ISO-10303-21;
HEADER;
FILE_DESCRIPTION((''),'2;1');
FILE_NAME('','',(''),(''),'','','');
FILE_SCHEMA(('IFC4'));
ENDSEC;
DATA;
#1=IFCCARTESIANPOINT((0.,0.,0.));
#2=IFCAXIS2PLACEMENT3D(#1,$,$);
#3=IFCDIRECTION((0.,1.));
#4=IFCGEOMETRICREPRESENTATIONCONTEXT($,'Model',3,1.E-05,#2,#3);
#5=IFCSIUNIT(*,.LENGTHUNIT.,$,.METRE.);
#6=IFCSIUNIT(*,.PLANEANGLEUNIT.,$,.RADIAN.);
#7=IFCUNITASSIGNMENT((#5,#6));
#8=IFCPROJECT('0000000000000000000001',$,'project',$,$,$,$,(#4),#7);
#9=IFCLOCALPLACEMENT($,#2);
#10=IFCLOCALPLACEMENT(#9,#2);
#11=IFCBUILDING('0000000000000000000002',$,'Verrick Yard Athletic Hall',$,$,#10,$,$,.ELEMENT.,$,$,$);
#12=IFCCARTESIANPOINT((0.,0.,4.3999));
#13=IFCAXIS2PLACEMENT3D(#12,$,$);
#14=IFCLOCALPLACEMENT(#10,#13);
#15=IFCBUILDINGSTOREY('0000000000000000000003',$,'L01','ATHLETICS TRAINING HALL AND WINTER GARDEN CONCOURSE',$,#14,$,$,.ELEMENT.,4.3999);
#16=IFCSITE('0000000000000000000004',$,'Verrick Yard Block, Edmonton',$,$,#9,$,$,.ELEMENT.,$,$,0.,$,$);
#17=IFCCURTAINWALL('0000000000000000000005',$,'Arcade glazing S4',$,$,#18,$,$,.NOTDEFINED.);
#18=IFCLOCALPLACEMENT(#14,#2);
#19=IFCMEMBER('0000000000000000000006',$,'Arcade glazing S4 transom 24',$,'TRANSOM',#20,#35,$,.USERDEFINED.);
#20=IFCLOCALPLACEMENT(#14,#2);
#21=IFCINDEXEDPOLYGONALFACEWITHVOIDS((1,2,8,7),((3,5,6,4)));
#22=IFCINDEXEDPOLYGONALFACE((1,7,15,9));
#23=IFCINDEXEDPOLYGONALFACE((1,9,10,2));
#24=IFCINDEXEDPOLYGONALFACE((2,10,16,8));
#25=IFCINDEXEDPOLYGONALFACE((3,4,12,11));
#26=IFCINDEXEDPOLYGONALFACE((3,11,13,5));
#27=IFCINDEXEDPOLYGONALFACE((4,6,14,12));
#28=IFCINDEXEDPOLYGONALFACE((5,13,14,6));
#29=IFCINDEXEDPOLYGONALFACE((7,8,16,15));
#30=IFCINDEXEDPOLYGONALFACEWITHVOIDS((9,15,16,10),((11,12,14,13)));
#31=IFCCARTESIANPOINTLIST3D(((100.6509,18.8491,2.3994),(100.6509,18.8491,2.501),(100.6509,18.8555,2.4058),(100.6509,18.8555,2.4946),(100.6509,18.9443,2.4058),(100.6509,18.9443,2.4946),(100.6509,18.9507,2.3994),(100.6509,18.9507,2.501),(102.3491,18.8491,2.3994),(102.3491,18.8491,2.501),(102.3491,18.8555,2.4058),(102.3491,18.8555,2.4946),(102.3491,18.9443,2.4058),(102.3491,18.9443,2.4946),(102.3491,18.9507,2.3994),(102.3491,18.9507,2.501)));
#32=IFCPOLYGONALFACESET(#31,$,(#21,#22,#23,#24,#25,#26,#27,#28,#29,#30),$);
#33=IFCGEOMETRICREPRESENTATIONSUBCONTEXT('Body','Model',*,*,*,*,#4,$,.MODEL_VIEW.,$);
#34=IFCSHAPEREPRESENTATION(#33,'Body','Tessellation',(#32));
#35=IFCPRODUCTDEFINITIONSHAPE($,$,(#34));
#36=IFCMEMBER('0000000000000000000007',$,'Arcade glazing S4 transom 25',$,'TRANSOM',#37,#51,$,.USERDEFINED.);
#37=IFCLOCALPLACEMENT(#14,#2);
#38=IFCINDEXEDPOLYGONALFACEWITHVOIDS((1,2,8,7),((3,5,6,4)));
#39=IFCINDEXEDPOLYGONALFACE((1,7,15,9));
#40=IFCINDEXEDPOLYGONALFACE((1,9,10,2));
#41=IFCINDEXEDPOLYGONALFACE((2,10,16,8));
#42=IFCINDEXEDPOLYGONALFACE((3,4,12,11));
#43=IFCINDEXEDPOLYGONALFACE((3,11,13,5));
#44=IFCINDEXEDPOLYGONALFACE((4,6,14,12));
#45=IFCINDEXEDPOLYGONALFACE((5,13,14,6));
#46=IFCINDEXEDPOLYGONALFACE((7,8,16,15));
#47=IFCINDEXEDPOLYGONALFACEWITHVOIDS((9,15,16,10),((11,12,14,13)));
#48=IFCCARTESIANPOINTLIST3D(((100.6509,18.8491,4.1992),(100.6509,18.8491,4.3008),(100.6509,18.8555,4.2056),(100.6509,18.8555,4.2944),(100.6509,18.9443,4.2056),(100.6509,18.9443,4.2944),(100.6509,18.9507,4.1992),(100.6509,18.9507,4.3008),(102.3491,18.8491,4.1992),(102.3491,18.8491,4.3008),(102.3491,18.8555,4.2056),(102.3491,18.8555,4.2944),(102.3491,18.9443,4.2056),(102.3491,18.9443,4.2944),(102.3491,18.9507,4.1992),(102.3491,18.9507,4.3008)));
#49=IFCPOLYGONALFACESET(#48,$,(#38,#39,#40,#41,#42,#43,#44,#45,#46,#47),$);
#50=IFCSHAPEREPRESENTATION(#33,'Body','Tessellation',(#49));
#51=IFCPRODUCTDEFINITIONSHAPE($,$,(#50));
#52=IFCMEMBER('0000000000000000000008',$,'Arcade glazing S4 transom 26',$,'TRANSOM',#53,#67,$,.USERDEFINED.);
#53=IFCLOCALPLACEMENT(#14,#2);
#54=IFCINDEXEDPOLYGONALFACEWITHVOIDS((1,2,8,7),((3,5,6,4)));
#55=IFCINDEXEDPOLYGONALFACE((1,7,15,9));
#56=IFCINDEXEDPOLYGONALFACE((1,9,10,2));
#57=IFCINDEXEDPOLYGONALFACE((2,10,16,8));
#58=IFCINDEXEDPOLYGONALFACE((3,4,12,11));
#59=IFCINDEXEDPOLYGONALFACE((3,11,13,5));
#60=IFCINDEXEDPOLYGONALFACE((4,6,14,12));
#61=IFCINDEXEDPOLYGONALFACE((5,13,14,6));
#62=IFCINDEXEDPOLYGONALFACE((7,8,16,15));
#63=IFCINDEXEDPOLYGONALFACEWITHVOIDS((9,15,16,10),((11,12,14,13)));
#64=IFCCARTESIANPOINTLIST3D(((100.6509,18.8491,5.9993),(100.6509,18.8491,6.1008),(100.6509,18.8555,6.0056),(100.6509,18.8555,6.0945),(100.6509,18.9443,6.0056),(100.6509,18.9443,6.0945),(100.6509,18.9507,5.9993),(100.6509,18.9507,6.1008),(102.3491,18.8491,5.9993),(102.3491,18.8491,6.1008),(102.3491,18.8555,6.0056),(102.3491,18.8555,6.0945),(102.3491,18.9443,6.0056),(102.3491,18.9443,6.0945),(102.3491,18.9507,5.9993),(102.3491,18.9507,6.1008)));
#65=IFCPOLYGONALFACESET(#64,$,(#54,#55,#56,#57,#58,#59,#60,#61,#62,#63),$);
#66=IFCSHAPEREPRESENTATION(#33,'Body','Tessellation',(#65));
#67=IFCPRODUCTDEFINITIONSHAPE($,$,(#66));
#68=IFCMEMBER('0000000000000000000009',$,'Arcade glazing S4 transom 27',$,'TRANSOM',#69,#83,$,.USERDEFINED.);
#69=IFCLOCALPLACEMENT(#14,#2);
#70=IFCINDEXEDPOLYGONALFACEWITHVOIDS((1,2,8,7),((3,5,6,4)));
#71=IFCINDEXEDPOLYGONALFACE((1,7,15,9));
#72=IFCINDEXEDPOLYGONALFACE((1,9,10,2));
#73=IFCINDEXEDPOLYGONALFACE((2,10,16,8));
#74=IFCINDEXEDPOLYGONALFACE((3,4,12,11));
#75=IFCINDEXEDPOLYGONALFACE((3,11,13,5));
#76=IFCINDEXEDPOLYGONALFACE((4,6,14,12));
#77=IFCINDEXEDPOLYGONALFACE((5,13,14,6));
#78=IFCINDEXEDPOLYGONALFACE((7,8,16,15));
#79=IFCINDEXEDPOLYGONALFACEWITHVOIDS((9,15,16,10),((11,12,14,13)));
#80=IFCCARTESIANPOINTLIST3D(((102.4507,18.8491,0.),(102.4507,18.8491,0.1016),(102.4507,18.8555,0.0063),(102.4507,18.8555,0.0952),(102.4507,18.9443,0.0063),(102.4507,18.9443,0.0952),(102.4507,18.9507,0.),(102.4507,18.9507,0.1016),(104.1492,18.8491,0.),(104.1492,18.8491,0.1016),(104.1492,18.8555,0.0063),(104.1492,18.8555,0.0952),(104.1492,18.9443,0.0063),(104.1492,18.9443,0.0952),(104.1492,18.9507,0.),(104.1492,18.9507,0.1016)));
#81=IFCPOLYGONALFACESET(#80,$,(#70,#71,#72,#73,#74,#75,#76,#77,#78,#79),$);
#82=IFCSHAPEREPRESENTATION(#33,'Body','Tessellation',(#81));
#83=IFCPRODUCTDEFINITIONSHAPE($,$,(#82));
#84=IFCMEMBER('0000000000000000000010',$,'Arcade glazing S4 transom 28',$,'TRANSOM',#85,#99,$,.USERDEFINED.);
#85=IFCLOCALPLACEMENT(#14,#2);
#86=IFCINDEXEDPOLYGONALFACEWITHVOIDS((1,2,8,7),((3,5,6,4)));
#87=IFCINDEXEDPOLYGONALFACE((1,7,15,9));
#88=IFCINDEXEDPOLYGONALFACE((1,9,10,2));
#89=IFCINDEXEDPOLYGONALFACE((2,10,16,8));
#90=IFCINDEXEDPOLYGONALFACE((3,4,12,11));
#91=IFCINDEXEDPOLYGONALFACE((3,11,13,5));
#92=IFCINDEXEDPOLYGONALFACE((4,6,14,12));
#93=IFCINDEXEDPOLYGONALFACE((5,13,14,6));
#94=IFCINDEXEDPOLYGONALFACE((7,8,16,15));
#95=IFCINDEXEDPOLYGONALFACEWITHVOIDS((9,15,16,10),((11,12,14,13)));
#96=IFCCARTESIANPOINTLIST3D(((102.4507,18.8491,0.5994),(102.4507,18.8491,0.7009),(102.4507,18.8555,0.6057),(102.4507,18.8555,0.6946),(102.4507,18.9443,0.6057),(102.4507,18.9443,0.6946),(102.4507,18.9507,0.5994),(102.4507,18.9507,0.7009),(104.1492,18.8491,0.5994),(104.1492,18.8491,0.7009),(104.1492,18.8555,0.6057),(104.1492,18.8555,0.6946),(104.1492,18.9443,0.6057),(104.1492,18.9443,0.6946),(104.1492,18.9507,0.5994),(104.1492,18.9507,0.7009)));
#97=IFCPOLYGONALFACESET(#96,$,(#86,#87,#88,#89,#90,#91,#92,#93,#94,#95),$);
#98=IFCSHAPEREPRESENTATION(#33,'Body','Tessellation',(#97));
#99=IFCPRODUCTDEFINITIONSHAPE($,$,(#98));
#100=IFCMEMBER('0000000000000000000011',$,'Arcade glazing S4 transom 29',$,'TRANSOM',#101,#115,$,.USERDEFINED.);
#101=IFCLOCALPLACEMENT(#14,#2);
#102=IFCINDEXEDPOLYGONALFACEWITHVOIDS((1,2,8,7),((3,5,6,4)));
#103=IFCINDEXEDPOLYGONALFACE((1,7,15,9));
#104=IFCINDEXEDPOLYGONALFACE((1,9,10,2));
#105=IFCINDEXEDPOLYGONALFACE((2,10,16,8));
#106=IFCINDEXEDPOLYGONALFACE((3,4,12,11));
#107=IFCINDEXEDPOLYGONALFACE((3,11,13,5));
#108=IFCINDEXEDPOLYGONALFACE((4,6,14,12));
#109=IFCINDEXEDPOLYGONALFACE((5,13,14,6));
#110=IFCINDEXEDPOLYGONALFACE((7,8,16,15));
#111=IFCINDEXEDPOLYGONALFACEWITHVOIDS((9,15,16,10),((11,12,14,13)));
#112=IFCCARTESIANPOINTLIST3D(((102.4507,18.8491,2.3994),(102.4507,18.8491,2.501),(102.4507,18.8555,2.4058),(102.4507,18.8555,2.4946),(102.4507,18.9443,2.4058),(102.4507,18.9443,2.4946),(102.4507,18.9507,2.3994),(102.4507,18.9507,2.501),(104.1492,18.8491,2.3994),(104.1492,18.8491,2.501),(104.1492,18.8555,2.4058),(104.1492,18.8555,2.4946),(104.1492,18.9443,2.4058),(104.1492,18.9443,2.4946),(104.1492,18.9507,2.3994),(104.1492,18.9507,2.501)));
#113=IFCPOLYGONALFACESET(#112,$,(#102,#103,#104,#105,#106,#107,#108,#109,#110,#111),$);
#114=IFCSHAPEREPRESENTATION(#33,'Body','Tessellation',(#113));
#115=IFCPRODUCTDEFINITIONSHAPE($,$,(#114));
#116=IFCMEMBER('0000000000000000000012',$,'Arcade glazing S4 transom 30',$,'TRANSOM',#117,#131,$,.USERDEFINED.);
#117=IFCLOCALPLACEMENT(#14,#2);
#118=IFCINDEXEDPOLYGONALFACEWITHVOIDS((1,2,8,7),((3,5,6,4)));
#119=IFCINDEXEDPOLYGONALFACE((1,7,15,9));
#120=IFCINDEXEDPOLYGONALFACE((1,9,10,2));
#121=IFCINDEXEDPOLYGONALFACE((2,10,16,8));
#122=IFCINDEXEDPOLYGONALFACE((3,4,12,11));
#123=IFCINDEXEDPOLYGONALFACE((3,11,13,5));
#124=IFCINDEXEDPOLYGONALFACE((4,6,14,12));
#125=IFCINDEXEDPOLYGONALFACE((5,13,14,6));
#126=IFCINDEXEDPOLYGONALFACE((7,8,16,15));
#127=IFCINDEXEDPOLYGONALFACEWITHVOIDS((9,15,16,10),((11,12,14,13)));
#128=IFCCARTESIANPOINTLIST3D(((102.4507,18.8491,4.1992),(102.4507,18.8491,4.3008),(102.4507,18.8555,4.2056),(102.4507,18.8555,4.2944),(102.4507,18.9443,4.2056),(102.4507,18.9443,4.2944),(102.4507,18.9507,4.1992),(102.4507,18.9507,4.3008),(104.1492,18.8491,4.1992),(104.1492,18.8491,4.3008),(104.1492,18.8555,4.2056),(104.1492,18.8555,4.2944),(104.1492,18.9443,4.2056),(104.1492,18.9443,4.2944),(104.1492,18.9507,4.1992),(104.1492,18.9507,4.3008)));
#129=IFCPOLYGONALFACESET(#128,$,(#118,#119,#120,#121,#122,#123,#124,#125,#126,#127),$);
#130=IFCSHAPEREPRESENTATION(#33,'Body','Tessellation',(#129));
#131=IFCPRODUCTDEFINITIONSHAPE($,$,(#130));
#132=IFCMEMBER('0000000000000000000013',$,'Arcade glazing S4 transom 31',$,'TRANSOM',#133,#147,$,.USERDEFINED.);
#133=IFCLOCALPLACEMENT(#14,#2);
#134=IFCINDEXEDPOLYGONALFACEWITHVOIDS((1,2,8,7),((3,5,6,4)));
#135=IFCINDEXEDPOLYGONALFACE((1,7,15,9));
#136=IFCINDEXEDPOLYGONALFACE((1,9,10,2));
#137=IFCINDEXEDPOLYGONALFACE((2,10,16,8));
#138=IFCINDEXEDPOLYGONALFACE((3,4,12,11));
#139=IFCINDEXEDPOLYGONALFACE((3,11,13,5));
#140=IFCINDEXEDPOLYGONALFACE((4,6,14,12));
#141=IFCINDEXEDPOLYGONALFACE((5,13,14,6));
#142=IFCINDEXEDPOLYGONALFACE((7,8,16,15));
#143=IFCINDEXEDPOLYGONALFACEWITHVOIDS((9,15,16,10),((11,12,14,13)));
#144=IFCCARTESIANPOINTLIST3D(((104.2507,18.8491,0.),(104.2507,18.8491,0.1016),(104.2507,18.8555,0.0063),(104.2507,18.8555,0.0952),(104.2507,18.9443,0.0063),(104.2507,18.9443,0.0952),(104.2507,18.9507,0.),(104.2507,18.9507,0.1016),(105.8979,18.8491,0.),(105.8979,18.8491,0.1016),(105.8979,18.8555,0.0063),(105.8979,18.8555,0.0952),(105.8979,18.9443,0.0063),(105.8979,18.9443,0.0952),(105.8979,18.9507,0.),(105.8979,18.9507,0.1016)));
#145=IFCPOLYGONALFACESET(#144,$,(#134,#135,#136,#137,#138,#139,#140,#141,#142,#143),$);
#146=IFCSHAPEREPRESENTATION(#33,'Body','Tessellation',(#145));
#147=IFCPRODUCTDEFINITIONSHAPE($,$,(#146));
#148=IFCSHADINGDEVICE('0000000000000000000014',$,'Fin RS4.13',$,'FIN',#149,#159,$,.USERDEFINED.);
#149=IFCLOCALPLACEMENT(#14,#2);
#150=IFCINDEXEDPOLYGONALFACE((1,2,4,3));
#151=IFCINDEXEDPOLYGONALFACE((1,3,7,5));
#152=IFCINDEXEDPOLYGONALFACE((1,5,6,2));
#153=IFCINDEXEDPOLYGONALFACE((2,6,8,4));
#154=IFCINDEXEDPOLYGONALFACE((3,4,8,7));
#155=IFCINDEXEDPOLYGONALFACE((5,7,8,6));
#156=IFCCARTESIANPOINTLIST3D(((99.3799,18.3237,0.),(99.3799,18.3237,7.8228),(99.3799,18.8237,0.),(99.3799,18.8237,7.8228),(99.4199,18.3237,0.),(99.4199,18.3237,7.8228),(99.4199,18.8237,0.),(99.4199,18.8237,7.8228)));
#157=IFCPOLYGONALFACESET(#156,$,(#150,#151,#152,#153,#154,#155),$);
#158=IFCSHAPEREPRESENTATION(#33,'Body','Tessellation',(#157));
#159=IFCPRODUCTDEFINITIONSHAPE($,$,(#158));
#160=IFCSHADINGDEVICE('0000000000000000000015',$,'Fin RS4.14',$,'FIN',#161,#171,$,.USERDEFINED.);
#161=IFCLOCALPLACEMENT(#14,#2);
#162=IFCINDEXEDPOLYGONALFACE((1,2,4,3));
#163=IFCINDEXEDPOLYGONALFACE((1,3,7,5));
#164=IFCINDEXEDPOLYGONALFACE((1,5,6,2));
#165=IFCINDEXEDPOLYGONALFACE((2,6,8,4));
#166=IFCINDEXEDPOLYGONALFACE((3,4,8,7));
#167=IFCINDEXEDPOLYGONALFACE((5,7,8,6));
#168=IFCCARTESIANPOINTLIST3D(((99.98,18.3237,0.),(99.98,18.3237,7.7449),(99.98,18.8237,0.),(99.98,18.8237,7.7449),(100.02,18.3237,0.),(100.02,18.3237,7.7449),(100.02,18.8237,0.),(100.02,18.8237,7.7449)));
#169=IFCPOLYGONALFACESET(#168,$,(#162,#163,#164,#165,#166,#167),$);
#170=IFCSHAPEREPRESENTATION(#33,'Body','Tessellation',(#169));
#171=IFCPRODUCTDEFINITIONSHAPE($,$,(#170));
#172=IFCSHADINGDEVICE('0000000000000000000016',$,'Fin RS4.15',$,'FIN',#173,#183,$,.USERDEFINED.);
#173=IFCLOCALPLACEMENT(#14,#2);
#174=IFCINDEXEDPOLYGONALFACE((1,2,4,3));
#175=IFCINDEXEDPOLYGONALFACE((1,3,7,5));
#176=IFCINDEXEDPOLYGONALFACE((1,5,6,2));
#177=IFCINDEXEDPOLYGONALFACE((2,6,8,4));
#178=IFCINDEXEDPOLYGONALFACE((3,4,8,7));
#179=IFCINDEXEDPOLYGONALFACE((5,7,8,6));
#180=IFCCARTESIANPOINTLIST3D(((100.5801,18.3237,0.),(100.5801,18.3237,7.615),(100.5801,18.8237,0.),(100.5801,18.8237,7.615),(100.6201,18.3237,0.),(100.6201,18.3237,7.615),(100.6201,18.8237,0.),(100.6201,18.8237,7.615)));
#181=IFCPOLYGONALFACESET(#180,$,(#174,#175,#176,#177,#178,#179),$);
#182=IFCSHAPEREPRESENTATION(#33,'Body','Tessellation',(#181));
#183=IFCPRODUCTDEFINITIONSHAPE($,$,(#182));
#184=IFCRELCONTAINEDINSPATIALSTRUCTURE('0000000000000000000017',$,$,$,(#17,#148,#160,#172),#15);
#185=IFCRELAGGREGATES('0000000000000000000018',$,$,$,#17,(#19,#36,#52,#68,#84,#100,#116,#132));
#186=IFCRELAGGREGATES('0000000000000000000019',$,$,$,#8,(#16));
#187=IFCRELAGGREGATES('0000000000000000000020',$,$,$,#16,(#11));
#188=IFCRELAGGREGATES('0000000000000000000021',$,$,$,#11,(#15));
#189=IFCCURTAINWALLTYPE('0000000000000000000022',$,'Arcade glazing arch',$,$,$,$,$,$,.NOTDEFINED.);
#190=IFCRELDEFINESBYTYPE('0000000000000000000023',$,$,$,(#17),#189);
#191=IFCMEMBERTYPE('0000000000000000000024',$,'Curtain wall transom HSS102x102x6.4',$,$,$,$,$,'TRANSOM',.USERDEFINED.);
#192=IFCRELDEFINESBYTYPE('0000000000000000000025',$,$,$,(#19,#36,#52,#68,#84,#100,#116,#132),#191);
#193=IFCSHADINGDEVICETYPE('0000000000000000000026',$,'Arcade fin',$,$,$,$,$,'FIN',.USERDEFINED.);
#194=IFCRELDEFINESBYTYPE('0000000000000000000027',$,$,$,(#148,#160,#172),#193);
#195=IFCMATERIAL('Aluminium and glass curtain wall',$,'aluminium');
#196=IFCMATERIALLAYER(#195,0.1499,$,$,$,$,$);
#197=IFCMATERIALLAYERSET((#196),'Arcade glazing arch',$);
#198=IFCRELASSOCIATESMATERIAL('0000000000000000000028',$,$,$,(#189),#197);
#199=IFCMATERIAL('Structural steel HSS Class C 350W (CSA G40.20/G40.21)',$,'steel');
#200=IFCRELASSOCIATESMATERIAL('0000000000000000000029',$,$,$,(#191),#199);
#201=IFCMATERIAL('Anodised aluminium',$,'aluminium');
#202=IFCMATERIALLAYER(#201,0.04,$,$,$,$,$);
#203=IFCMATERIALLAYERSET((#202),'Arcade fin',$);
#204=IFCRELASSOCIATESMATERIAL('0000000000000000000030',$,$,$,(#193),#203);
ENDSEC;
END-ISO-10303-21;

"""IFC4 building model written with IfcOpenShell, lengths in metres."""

from ifc_helpers import new_model, si_unit, direction, frame, origin, origin_2d, place, context, subcontext, project, spatial, polyline, hollow_rectangle, outline, extrude, material, layer, layer_set, material_profile, profile_set, type_object, element, aggregate, save


model = new_model("IFC4")

# Units and contexts
model_context = context("Model", 3, precision=1e-05, world=origin(), true_north=direction((0.0, 1.0)))
body_context = subcontext(model_context, "Body", "Model", "MODEL_VIEW")
ifc_project = project(units=[si_unit("LENGTHUNIT", "METRE"), si_unit("PLANEANGLEUNIT", "RADIAN")], contexts=[model_context])

# Site, building, storey
site_placement = place(None, origin())
site = spatial("IfcSite", under=ifc_project, at=site_placement, Name="Verrick Yard Block, Edmonton", CompositionType="ELEMENT", RefElevation=0.0)
building_placement = place(site_placement, origin())
building = spatial("IfcBuilding", under=site, at=building_placement, Name="Verrick Yard Athletic Hall", CompositionType="ELEMENT")
storey_placement = place(building_placement, frame((0.0, 0.0, 4.3999)))
storey = spatial("IfcBuildingStorey", under=building, at=storey_placement, Name="L01", Description="ATHLETICS TRAINING HALL AND WINTER GARDEN CONCOURSE", CompositionType="ELEMENT", Elevation=4.3999)

# Curtain wall, members
ifc_material_1 = material(Name="Aluminium and glass curtain wall", Category="aluminium")
ifc_layer_1 = layer(ifc_material_1, 0.1499)
ifc_layer_set_1 = layer_set([ifc_layer_1], Name="Arcade glazing arch")
curtain_wall_type = type_object("IfcCurtainWallType", Name="Arcade glazing arch", PredefinedType="NOTDEFINED", material=ifc_layer_set_1)
curtain_wall_placement = place(storey_placement, origin())
curtain_wall = element("IfcCurtainWall", 1, at=curtain_wall_placement, inside=storey, type_object=curtain_wall_type, Name="Arcade glazing S4", PredefinedType="NOTDEFINED")
ifc_material_2 = material(Name="Structural steel HSS Class C 350W (CSA G40.20/G40.21)", Category="steel")
ifc_material_profile_1 = material_profile(ifc_material_2, hollow_rectangle(XDim=0.1016, YDim=0.1016, WallThickness=0.0063, at=origin_2d()), Name="HSS102x102x6.4")
ifc_profile_set_1 = profile_set([ifc_material_profile_1], Name="Structural steel HSS Class C 350W (CSA G40.20/G40.21)")
member_type_1 = type_object("IfcMemberType", Name="Curtain wall transom HSS102x102x6.4", ElementType="TRANSOM", PredefinedType="USERDEFINED", material=ifc_profile_set_1)
member_1_placement = place(storey_placement, frame((100.6509, 18.8999, 2.4502), z_axis=(1.0, 0.0, 0.0), x_axis=(0.0, 1.0, 0.0)))
member_1 = element("IfcMember", 2, at=member_1_placement, type_object=member_type_1, Name="Arcade glazing S4 transom 24", ObjectType="TRANSOM", PredefinedType="USERDEFINED", context=body_context, shape_type="SweptSolid", body=[
    extrude(hollow_rectangle(XDim=0.1016, YDim=0.1016, WallThickness=0.0063, at=origin_2d()), origin(), (0.0, 0.0, 1.0), 1.6982),
])
member_2_placement = place(storey_placement, frame((100.6509, 18.8999, 4.25), z_axis=(1.0, 0.0, 0.0), x_axis=(0.0, 1.0, 0.0)))
member_2 = element("IfcMember", 3, at=member_2_placement, type_object=member_type_1, Name="Arcade glazing S4 transom 25", ObjectType="TRANSOM", PredefinedType="USERDEFINED", context=body_context, shape_type="SweptSolid", body=[
    extrude(hollow_rectangle(XDim=0.1016, YDim=0.1016, WallThickness=0.0063, at=origin_2d()), origin(), (0.0, 0.0, 1.0), 1.6982),
])
member_3_placement = place(storey_placement, frame((100.6509, 18.8999, 6.05), z_axis=(1.0, 0.0, 0.0), x_axis=(0.0, 1.0, 0.0)))
member_3 = element("IfcMember", 4, at=member_3_placement, type_object=member_type_1, Name="Arcade glazing S4 transom 26", ObjectType="TRANSOM", PredefinedType="USERDEFINED", context=body_context, shape_type="SweptSolid", body=[
    extrude(hollow_rectangle(XDim=0.1016, YDim=0.1016, WallThickness=0.0063, at=origin_2d()), origin(), (0.0, 0.0, 1.0), 1.6982),
])
member_4_placement = place(storey_placement, frame((102.4507, 18.8999, 0.0508), z_axis=(1.0, 0.0, 0.0), x_axis=(0.0, 1.0, 0.0)))
member_4 = element("IfcMember", 5, at=member_4_placement, type_object=member_type_1, Name="Arcade glazing S4 transom 27", ObjectType="TRANSOM", PredefinedType="USERDEFINED", context=body_context, shape_type="SweptSolid", body=[
    extrude(hollow_rectangle(XDim=0.1016, YDim=0.1016, WallThickness=0.0063, at=origin_2d()), origin(), (0.0, 0.0, 1.0), 1.6985),
])
member_5_placement = place(storey_placement, frame((102.4507, 18.8999, 0.6501), z_axis=(1.0, 0.0, 0.0), x_axis=(0.0, 1.0, 0.0)))
member_5 = element("IfcMember", 6, at=member_5_placement, type_object=member_type_1, Name="Arcade glazing S4 transom 28", ObjectType="TRANSOM", PredefinedType="USERDEFINED", context=body_context, shape_type="SweptSolid", body=[
    extrude(hollow_rectangle(XDim=0.1016, YDim=0.1016, WallThickness=0.0063, at=origin_2d()), origin(), (0.0, 0.0, 1.0), 1.6985),
])
member_6_placement = place(storey_placement, frame((102.4507, 18.8999, 2.4502), z_axis=(1.0, 0.0, 0.0), x_axis=(0.0, 1.0, 0.0)))
member_6 = element("IfcMember", 7, at=member_6_placement, type_object=member_type_1, Name="Arcade glazing S4 transom 29", ObjectType="TRANSOM", PredefinedType="USERDEFINED", context=body_context, shape_type="SweptSolid", body=[
    extrude(hollow_rectangle(XDim=0.1016, YDim=0.1016, WallThickness=0.0063, at=origin_2d()), origin(), (0.0, 0.0, 1.0), 1.6985),
])
member_7_placement = place(storey_placement, frame((102.4507, 18.8999, 4.25), z_axis=(1.0, 0.0, 0.0), x_axis=(0.0, 1.0, 0.0)))
member_7 = element("IfcMember", 8, at=member_7_placement, type_object=member_type_1, Name="Arcade glazing S4 transom 30", ObjectType="TRANSOM", PredefinedType="USERDEFINED", context=body_context, shape_type="SweptSolid", body=[
    extrude(hollow_rectangle(XDim=0.1016, YDim=0.1016, WallThickness=0.0063, at=origin_2d()), origin(), (0.0, 0.0, 1.0), 1.6985),
])
member_8_placement = place(storey_placement, frame((104.2507, 18.8999, 0.0508), z_axis=(1.0, 0.0, 0.0), x_axis=(0.0, 1.0, 0.0)))
member_8 = element("IfcMember", 9, at=member_8_placement, type_object=member_type_1, Name="Arcade glazing S4 transom 31", ObjectType="TRANSOM", PredefinedType="USERDEFINED", context=body_context, shape_type="SweptSolid", body=[
    extrude(hollow_rectangle(XDim=0.1016, YDim=0.1016, WallThickness=0.0063, at=origin_2d()), origin(), (0.0, 0.0, 1.0), 1.6472),
])
aggregate(curtain_wall, [member_1, member_2, member_3, member_4, member_5, member_6, member_7, member_8])

# Shading devices
ifc_material_3 = material(Name="Anodised aluminium", Category="aluminium")
ifc_layer_2 = layer(ifc_material_3, 0.04)
ifc_layer_set_2 = layer_set([ifc_layer_2], Name="Arcade fin")
shading_device_type = type_object("IfcShadingDeviceType", Name="Arcade fin", ElementType="FIN", PredefinedType="USERDEFINED", material=ifc_layer_set_2)
shading_device_1_placement = place(storey_placement, frame((99.3999, 18.8237, 0.0), z_axis=(0.0, 0.0, 1.0), x_axis=(0.0, -1.0, 0.0)))
element("IfcShadingDevice", 10, at=shading_device_1_placement, inside=storey, type_object=shading_device_type, Name="Fin RS4.13", ObjectType="FIN", PredefinedType="USERDEFINED", context=body_context, shape_type="SweptSolid", body=[
    extrude(outline(polyline([(0.0, 0.0), (0.5, 0.0), (0.5, 7.8228), (0.0, 7.8228), (0.0, 0.0)])), frame((0.0, 0.02, 0.0), z_axis=(0.0, -1.0, 0.0), x_axis=(1.0, 0.0, 0.0)), (0.0, 0.0, 1.0), 0.04),
])
shading_device_2_placement = place(storey_placement, frame((100.0, 18.8237, 0.0), z_axis=(0.0, 0.0, 1.0), x_axis=(0.0, -1.0, 0.0)))
element("IfcShadingDevice", 11, at=shading_device_2_placement, inside=storey, type_object=shading_device_type, Name="Fin RS4.14", ObjectType="FIN", PredefinedType="USERDEFINED", context=body_context, shape_type="SweptSolid", body=[
    extrude(outline(polyline([(0.0, 0.0), (0.5, 0.0), (0.5, 7.7449), (0.0, 7.7449), (0.0, 0.0)])), frame((0.0, 0.02, 0.0), z_axis=(0.0, -1.0, 0.0), x_axis=(1.0, 0.0, 0.0)), (0.0, 0.0, 1.0), 0.04),
])
shading_device_3_placement = place(storey_placement, frame((100.6001, 18.8237, 0.0), z_axis=(0.0, 0.0, 1.0), x_axis=(0.0, -1.0, 0.0)))
element("IfcShadingDevice", 12, at=shading_device_3_placement, inside=storey, type_object=shading_device_type, Name="Fin RS4.15", ObjectType="FIN", PredefinedType="USERDEFINED", context=body_context, shape_type="SweptSolid", body=[
    extrude(outline(polyline([(0.0, 0.0), (0.5, 0.0), (0.5, 7.615), (0.0, 7.615), (0.0, 0.0)])), frame((0.0, 0.02, 0.0), z_axis=(0.0, -1.0, 0.0), x_axis=(1.0, 0.0, 0.0)), (0.0, 0.0, 1.0), 0.04),
])

save(model, "model.ifc")
